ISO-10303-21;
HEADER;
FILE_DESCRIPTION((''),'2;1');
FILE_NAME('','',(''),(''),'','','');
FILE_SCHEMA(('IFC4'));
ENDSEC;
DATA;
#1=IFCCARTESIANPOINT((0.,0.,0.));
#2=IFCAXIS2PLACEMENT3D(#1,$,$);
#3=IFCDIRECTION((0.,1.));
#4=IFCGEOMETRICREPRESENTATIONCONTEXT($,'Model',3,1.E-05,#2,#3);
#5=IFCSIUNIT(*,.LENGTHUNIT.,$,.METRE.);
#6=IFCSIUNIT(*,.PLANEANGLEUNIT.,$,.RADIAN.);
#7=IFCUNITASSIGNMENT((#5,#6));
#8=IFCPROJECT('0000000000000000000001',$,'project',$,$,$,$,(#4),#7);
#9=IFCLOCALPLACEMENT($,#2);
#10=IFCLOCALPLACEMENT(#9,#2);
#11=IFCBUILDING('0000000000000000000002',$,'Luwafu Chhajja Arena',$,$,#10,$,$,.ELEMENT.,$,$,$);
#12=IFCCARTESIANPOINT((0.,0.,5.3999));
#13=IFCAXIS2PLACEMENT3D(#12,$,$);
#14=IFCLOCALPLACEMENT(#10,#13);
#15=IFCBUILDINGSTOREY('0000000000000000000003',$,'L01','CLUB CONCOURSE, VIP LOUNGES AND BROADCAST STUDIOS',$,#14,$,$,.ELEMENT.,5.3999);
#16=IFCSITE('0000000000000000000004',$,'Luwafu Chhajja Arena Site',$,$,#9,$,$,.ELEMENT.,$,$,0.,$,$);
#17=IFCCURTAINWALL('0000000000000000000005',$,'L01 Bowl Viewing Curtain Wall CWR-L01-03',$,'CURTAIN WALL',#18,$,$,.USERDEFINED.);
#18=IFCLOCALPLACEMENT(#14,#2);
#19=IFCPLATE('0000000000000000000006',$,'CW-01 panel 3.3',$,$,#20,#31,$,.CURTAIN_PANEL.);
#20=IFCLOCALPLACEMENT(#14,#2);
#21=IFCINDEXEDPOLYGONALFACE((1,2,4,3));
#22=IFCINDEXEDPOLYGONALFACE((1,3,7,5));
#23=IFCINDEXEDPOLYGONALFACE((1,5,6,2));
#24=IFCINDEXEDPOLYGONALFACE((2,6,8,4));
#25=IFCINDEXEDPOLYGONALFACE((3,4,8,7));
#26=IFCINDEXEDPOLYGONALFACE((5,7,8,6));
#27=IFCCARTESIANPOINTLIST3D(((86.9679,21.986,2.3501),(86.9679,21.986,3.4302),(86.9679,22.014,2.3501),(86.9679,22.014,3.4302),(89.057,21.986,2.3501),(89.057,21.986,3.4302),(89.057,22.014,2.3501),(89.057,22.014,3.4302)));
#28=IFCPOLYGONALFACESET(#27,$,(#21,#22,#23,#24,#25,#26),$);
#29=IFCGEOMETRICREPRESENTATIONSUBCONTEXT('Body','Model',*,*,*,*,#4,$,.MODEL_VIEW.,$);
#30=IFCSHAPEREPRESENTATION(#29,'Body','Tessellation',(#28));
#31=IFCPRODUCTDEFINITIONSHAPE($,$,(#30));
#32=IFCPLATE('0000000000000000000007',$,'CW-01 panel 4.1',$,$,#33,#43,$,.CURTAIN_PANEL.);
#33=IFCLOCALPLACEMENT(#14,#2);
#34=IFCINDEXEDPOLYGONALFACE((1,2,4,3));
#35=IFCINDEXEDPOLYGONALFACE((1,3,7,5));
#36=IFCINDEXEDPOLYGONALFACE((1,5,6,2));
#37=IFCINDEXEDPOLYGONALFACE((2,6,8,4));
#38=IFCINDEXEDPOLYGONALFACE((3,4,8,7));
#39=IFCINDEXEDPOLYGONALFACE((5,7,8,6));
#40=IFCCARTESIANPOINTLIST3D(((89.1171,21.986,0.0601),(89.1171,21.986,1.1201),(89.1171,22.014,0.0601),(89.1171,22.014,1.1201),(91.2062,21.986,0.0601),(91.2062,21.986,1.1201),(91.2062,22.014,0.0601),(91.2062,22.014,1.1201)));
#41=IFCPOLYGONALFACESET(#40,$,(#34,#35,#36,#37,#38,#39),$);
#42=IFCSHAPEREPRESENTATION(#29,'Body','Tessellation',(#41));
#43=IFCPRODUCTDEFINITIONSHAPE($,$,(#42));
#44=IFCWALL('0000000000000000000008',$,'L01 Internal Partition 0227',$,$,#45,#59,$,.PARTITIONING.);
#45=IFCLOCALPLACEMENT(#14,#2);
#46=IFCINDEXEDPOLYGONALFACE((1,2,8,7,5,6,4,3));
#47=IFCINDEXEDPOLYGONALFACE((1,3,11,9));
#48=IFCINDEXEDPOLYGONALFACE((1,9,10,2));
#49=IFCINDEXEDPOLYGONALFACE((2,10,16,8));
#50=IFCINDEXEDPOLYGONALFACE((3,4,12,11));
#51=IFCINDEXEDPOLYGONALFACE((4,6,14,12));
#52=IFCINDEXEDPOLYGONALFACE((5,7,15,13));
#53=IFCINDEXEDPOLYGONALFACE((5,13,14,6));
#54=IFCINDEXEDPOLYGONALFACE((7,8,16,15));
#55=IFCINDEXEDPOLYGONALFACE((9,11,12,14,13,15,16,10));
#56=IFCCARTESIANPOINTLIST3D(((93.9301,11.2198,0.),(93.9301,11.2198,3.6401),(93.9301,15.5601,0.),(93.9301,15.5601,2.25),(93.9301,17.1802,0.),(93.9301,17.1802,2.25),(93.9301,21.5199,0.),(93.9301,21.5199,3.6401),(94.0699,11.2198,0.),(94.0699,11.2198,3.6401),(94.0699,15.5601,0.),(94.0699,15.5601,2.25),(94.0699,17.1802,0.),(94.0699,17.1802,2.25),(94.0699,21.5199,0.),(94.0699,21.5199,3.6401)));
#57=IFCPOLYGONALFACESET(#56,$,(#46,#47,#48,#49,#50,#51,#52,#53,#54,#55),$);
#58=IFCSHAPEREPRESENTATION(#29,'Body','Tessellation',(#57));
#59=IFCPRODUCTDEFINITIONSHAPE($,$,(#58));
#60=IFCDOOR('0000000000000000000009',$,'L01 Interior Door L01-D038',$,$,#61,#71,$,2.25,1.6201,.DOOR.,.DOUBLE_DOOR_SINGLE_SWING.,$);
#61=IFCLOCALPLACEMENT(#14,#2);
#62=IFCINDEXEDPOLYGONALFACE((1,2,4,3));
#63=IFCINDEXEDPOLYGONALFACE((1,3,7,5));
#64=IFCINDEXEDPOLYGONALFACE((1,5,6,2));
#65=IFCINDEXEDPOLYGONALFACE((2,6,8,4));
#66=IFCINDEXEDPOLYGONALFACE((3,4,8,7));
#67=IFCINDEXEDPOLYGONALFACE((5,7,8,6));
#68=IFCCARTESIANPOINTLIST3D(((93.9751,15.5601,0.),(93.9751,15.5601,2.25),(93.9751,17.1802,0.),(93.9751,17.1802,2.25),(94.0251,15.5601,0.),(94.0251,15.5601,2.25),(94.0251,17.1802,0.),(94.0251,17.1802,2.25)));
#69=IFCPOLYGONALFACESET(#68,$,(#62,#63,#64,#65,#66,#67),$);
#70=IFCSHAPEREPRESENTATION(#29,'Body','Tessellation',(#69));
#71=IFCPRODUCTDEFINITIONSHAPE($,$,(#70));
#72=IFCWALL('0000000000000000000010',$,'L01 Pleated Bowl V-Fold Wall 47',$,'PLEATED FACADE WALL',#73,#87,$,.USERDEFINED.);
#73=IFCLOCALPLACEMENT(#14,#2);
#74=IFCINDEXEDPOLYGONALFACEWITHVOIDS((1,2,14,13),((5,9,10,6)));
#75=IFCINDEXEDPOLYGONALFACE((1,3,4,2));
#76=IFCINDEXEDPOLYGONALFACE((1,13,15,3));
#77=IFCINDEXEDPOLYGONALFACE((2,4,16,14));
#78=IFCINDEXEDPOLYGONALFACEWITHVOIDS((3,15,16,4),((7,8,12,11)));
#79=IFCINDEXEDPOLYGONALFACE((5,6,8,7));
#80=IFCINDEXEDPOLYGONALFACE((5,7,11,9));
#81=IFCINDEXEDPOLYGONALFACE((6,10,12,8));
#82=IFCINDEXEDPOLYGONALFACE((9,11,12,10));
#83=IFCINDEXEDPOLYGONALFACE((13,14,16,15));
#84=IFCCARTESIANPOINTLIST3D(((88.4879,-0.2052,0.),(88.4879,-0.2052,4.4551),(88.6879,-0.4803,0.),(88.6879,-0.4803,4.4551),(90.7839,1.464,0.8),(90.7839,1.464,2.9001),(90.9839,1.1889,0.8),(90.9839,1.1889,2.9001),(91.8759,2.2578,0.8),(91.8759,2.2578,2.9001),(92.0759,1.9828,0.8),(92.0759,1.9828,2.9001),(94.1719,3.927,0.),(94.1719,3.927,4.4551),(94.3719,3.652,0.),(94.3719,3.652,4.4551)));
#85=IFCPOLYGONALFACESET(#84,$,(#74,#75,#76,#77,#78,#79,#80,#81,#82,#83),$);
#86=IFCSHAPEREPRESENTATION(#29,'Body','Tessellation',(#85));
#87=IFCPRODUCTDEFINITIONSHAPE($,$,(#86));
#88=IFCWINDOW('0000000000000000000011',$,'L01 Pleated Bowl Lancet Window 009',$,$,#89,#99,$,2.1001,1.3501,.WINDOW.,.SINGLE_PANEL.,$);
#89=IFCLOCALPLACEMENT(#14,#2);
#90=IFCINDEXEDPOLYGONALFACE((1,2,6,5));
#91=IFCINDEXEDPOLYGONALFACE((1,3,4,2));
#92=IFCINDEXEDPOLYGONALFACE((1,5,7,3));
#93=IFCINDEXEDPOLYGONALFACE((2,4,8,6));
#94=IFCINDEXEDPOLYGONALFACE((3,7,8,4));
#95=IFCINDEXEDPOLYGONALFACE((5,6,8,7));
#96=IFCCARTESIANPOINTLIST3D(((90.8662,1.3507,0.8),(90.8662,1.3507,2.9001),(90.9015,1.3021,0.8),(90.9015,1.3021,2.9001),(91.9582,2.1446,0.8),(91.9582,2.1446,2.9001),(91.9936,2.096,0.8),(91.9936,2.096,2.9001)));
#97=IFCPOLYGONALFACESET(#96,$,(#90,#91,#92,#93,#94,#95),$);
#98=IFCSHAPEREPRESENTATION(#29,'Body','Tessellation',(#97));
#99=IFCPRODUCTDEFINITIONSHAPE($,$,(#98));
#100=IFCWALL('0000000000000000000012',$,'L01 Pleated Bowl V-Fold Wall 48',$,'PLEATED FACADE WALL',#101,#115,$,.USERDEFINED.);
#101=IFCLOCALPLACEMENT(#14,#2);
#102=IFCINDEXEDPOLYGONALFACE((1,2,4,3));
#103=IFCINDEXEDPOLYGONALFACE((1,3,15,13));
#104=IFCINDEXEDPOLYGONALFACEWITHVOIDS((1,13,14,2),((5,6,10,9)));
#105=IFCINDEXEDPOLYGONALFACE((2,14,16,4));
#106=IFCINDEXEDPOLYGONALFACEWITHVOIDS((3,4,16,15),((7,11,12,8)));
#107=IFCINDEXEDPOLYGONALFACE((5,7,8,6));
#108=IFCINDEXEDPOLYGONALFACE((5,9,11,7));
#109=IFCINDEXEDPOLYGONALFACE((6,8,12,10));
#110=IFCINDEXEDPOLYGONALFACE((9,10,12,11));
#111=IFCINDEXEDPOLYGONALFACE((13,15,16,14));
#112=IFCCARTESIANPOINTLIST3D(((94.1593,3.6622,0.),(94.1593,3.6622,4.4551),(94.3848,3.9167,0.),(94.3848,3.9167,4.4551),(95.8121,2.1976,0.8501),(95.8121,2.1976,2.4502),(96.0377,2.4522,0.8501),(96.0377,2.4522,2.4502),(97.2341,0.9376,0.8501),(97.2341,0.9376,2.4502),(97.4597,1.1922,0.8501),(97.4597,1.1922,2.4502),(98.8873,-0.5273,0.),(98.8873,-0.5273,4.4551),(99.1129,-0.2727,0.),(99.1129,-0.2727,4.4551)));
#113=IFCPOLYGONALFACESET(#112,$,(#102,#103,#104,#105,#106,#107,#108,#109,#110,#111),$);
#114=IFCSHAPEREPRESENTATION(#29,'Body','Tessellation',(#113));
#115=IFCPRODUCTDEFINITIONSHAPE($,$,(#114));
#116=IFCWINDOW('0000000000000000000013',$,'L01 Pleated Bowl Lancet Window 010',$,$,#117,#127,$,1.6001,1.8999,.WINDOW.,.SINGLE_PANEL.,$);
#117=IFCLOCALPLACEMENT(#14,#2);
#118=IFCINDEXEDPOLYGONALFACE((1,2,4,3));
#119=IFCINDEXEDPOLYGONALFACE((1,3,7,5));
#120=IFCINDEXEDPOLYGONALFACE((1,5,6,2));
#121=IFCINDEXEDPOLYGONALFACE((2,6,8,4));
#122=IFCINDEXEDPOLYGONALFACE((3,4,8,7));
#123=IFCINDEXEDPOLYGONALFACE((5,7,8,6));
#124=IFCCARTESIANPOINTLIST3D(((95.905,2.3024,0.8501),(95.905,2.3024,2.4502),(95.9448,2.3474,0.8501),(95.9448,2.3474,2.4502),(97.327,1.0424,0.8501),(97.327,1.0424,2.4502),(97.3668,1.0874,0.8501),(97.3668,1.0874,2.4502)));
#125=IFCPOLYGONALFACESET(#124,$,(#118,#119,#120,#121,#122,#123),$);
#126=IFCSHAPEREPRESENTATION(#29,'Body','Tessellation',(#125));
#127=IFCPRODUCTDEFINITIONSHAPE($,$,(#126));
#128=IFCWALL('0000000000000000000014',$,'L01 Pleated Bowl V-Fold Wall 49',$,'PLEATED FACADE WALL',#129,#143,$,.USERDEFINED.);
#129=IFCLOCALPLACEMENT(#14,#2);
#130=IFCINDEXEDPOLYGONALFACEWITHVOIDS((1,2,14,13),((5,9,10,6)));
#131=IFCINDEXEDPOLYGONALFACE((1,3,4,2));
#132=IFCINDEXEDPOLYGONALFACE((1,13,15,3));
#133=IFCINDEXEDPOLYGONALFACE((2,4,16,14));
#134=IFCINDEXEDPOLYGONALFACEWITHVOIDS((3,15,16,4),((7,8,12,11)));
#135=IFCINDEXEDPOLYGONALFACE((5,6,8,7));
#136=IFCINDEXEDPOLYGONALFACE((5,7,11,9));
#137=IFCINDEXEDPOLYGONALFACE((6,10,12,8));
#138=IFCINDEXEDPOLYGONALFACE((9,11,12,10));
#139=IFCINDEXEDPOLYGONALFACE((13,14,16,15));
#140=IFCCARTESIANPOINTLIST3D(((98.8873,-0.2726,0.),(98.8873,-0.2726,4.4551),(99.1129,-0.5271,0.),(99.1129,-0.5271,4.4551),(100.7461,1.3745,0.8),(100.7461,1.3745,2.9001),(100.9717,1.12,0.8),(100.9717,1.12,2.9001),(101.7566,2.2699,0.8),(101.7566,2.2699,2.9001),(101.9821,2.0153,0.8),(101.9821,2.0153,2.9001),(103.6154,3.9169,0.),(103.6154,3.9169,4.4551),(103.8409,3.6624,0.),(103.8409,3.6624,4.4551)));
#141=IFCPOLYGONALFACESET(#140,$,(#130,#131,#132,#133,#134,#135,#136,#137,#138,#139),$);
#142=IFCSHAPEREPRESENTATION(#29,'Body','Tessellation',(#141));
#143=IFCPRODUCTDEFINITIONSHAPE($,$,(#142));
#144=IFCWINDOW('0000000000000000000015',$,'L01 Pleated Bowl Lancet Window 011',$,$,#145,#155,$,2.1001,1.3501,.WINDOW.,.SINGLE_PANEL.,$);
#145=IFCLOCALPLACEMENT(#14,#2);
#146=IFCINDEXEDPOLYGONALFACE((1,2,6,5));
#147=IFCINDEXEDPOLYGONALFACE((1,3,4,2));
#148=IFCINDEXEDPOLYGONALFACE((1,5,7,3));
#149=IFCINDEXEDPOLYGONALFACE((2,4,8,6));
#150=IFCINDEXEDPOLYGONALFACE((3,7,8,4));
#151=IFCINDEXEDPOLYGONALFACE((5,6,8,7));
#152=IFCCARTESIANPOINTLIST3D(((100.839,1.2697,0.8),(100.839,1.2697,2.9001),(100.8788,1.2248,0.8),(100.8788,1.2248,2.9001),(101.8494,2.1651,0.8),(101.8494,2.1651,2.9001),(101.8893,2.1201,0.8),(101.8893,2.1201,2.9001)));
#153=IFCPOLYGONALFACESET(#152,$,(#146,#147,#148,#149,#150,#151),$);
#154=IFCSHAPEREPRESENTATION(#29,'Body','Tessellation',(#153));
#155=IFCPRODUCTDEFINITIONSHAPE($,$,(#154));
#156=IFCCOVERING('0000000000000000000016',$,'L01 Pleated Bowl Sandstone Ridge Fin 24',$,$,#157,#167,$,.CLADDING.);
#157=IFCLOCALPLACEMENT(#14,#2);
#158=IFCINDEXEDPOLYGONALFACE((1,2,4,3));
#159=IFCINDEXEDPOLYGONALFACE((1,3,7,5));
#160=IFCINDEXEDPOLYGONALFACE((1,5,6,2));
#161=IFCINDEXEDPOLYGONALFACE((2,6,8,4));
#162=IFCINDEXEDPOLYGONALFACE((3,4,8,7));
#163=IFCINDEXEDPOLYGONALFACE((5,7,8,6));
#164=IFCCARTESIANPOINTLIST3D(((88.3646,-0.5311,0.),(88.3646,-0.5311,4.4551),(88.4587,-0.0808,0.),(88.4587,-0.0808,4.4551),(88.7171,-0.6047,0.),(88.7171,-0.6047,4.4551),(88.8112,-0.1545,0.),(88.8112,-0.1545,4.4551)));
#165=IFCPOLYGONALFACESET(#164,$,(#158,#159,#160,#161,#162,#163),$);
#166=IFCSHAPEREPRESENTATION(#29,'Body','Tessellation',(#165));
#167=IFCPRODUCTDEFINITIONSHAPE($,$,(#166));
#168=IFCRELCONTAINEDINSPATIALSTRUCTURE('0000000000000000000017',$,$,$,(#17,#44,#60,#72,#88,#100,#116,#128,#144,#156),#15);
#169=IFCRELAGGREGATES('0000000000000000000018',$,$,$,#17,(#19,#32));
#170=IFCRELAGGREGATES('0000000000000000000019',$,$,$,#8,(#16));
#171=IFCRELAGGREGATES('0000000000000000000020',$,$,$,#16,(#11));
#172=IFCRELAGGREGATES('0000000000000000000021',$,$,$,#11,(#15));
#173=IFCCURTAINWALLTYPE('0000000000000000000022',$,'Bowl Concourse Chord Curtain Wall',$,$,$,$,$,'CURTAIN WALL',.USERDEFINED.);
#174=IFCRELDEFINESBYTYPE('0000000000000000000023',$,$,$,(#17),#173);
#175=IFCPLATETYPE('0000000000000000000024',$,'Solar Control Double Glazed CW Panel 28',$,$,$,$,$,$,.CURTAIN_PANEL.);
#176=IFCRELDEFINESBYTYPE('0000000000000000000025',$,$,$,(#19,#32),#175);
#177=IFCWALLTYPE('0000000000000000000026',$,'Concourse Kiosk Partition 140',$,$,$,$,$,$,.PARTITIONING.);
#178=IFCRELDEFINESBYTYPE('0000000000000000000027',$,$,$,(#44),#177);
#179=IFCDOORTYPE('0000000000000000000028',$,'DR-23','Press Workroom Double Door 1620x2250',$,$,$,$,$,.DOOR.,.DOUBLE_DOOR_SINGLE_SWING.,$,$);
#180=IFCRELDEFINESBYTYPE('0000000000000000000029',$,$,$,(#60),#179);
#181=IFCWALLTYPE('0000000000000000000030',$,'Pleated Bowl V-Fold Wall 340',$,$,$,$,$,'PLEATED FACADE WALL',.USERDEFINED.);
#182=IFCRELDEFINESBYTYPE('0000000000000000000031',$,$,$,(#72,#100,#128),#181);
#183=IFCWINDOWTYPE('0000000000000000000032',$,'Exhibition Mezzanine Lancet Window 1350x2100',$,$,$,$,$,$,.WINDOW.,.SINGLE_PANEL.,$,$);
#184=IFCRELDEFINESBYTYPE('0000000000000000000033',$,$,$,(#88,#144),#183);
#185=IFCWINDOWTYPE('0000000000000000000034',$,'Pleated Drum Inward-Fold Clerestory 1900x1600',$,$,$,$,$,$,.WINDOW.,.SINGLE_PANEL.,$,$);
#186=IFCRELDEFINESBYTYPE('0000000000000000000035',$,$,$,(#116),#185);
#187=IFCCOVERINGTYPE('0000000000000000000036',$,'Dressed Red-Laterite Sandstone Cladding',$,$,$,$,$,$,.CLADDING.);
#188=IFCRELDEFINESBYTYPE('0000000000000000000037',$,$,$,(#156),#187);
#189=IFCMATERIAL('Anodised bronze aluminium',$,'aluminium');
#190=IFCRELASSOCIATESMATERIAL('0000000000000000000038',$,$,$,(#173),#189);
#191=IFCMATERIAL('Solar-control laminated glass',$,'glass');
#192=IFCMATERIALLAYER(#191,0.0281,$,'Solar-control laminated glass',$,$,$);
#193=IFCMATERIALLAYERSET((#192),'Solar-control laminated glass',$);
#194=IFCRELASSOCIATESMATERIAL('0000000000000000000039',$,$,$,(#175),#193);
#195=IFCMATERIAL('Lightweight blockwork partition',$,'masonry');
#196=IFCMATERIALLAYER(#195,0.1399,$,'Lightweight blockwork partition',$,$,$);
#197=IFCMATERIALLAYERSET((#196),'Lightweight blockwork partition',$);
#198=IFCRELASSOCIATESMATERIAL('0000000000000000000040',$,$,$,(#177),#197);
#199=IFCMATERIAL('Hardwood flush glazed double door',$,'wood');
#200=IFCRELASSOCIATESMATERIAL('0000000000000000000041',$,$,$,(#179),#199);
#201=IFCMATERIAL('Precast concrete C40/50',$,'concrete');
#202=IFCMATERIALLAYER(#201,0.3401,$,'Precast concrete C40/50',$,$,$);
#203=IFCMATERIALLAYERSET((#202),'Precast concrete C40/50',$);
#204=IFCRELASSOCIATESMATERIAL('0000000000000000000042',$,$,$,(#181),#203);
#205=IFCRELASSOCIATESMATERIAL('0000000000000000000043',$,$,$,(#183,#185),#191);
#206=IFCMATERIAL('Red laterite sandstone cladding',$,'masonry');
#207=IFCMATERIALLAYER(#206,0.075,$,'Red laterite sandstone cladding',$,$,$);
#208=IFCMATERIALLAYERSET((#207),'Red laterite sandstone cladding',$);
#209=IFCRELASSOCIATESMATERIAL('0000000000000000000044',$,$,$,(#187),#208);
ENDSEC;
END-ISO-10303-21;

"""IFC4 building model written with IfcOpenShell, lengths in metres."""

from ifc_helpers import new_model, si_unit, direction, frame, frame_2d, origin, origin_2d, place, context, subcontext, project, spatial, rectangle, extrude, material, layer, layer_set, type_object, element, fill, aggregate, save


model = new_model("IFC4")

# Units and contexts
model_context = context("Model", 3, precision=1e-05, world=origin(), true_north=direction((0.0, 1.0)))
body_context = subcontext(model_context, "Body", "Model", "MODEL_VIEW")
ifc_project = project(units=[si_unit("LENGTHUNIT", "METRE"), si_unit("PLANEANGLEUNIT", "RADIAN")], contexts=[model_context])

# Site, building, storey
site_placement = place(None, origin())
site = spatial("IfcSite", under=ifc_project, at=site_placement, Name="Luwafu Chhajja Arena Site", CompositionType="ELEMENT", RefElevation=0.0)
building_placement = place(site_placement, origin())
building = spatial("IfcBuilding", under=site, at=building_placement, Name="Luwafu Chhajja Arena", CompositionType="ELEMENT")
storey_placement = place(building_placement, frame((0.0, 0.0, 5.3999)))
storey = spatial("IfcBuildingStorey", under=building, at=storey_placement, Name="L01", Description="CLUB CONCOURSE, VIP LOUNGES AND BROADCAST STUDIOS", CompositionType="ELEMENT", Elevation=5.3999)

# Curtain wall
ifc_material_1 = material(Name="Anodised bronze aluminium", Category="aluminium")
curtain_wall_type = type_object("IfcCurtainWallType", Name="Bowl Concourse Chord Curtain Wall", ElementType="CURTAIN WALL", PredefinedType="USERDEFINED", material=ifc_material_1)
curtain_wall_placement = place(storey_placement, origin())
curtain_wall = element("IfcCurtainWall", 1, at=curtain_wall_placement, inside=storey, type_object=curtain_wall_type, Name="L01 Bowl Viewing Curtain Wall CWR-L01-03", ObjectType="CURTAIN WALL", PredefinedType="USERDEFINED")

# Plates
ifc_material_2 = material(Name="Solar-control laminated glass", Category="glass")
ifc_layer_1 = layer(ifc_material_2, 0.0281, Name="Solar-control laminated glass")
ifc_layer_set_1 = layer_set([ifc_layer_1], Name="Solar-control laminated glass")
plate_type_1 = type_object("IfcPlateType", Name="Solar Control Double Glazed CW Panel 28", PredefinedType="CURTAIN_PANEL", material=ifc_layer_set_1)
plate_1_placement = place(storey_placement, frame((88.0125, 22.0, 2.3501), z_axis=(0.0, 0.0, 1.0), x_axis=(1.0, 0.0, 0.0)))
plate_1 = element("IfcPlate", 2, at=plate_1_placement, type_object=plate_type_1, Name="CW-01 panel 3.3", PredefinedType="CURTAIN_PANEL", context=body_context, shape_type="SweptSolid", body=[
    extrude(rectangle(XDim=2.0891, YDim=0.0281, at=origin_2d()), origin(), (0.0, 0.0, 1.0), 1.0801),
])
plate_2_placement = place(storey_placement, frame((90.1616, 22.0, 0.0601), z_axis=(0.0, 0.0, 1.0), x_axis=(1.0, 0.0, 0.0)))
plate_2 = element("IfcPlate", 3, at=plate_2_placement, type_object=plate_type_1, Name="CW-01 panel 4.1", PredefinedType="CURTAIN_PANEL", context=body_context, shape_type="SweptSolid", body=[
    extrude(rectangle(XDim=2.0891, YDim=0.0281, at=origin_2d()), origin(), (0.0, 0.0, 1.0), 1.0601),
])
aggregate(curtain_wall, [plate_1, plate_2])

# Wall, opening, door
ifc_material_3 = material(Name="Lightweight blockwork partition", Category="masonry")
ifc_layer_2 = layer(ifc_material_3, 0.1399, Name="Lightweight blockwork partition")
ifc_layer_set_2 = layer_set([ifc_layer_2], Name="Lightweight blockwork partition")
wall_type_1 = type_object("IfcWallType", Name="Concourse Kiosk Partition 140", PredefinedType="PARTITIONING", material=ifc_layer_set_2)
wall_1_placement = place(storey_placement, frame((94.0, 11.22, 0.0), z_axis=(0.0, 0.0, 1.0), x_axis=(0.0, 1.0, 0.0)))
wall_1 = element("IfcWall", 4, at=wall_1_placement, inside=storey, type_object=wall_type_1, Name="L01 Internal Partition 0227", PredefinedType="PARTITIONING", context=body_context, shape_type="SweptSolid", body=[
    extrude(rectangle(XDim=10.3, YDim=0.1399, at=frame_2d((5.1499, 0.0))), origin(), (0.0, 0.0, 1.0), 3.6401),
])
opening_1_placement = place(wall_1_placement, frame((4.3401, 0.0, 0.0)))
opening_1 = element("IfcOpeningElement", 5, at=opening_1_placement, cuts=wall_1, PredefinedType="OPENING", context=body_context, shape_type="SweptSolid", body=[
    extrude(rectangle(XDim=1.6201, YDim=2.25, at=frame_2d((0.8101, 1.125))), frame((0.0, 0.0798, 0.0), z_axis=(0.0, -1.0, 0.0), x_axis=(1.0, 0.0, 0.0)), (0.0, 0.0, 1.0), 0.1599),
])
ifc_material_4 = material(Name="Hardwood flush glazed double door", Category="wood")
door_type = type_object("IfcDoorType", Name="DR-23", Description="Press Workroom Double Door 1620x2250", OperationType="DOUBLE_DOOR_SINGLE_SWING", PredefinedType="DOOR", material=ifc_material_4)
door_placement = place(opening_1_placement, origin())
door = element("IfcDoor", 6, at=door_placement, inside=storey, type_object=door_type, Name="L01 Interior Door L01-D038", OperationType="DOUBLE_DOOR_SINGLE_SWING", OverallHeight=2.25, OverallWidth=1.6201, PredefinedType="DOOR", context=body_context, shape_type="SweptSolid", body=[
    extrude(rectangle(XDim=1.6201, YDim=2.25, at=frame_2d((0.8101, 1.125))), frame((0.0, 0.0249, 0.0), z_axis=(0.0, -1.0, 0.0), x_axis=(1.0, 0.0, 0.0)), (0.0, 0.0, 1.0), 0.05),
])
fill(opening_1, door)

# Walls, openings, windows
ifc_material_5 = material(Name="Precast concrete C40/50", Category="concrete")
ifc_layer_3 = layer(ifc_material_5, 0.3401, Name="Precast concrete C40/50")
ifc_layer_set_3 = layer_set([ifc_layer_3], Name="Precast concrete C40/50")
wall_type_2 = type_object("IfcWallType", Name="Pleated Bowl V-Fold Wall 340", ElementType="PLEATED FACADE WALL", PredefinedType="USERDEFINED", material=ifc_layer_set_3)
wall_2_placement = place(storey_placement, frame((88.5879, -0.3428, 0.0), z_axis=(0.0, 0.0, 1.0), x_axis=(0.808841, 0.588027, 0.0)))
wall_2 = element("IfcWall", 7, at=wall_2_placement, inside=storey, type_object=wall_type_2, Name="L01 Pleated Bowl V-Fold Wall 47", ObjectType="PLEATED FACADE WALL", PredefinedType="USERDEFINED", context=body_context, shape_type="SweptSolid", body=[
    extrude(rectangle(XDim=7.0273, YDim=0.3401, at=frame_2d((3.5137, 0.0))), origin(), (0.0, 0.0, 1.0), 4.4551),
])
opening_2_placement = place(wall_2_placement, frame((2.8386, 0.0, 0.8)))
opening_2 = element("IfcOpeningElement", 8, at=opening_2_placement, cuts=wall_2, PredefinedType="OPENING", context=body_context, shape_type="SweptSolid", body=[
    extrude(rectangle(XDim=1.3501, YDim=2.1001, at=frame_2d((0.675, 1.05))), frame((0.0, 0.1799, 0.0), z_axis=(0.0, -1.0, 0.0), x_axis=(1.0, 0.0, 0.0)), (0.0, 0.0, 1.0), 0.3601),
])
window_type_1 = type_object("IfcWindowType", Name="Exhibition Mezzanine Lancet Window 1350x2100", PartitioningType="SINGLE_PANEL", PredefinedType="WINDOW", material=ifc_material_2)
window_1_placement = place(opening_2_placement, origin())
window_1 = element("IfcWindow", 9, at=window_1_placement, inside=storey, type_object=window_type_1, Name="L01 Pleated Bowl Lancet Window 009", OverallHeight=2.1001, OverallWidth=1.3501, PartitioningType="SINGLE_PANEL", PredefinedType="WINDOW", context=body_context, shape_type="SweptSolid", body=[
    extrude(rectangle(XDim=1.3501, YDim=2.1001, at=frame_2d((0.675, 1.05))), frame((0.0, 0.03, 0.0), z_axis=(0.0, -1.0, 0.0), x_axis=(1.0, 0.0, 0.0)), (0.0, 0.0, 1.0), 0.0601),
])
fill(opening_2, window_1)
wall_3_placement = place(storey_placement, frame((94.272, 3.7896, 0.0), z_axis=(0.0, 0.0, 1.0), x_axis=(0.748449, -0.663192, 0.0)))
wall_3 = element("IfcWall", 10, at=wall_3_placement, inside=storey, type_object=wall_type_2, Name="L01 Pleated Bowl V-Fold Wall 48", ObjectType="PLEATED FACADE WALL", PredefinedType="USERDEFINED", context=body_context, shape_type="SweptSolid", body=[
    extrude(rectangle(XDim=6.3171, YDim=0.3401, at=frame_2d((3.1587, 0.0))), origin(), (0.0, 0.0, 1.0), 4.4551),
])
opening_3_placement = place(wall_3_placement, frame((2.2085, 0.0, 0.8501)))
opening_3 = element("IfcOpeningElement", 11, at=opening_3_placement, cuts=wall_3, PredefinedType="OPENING", context=body_context, shape_type="SweptSolid", body=[
    extrude(rectangle(XDim=1.8999, YDim=1.6001, at=frame_2d((0.95, 0.8))), frame((0.0, 0.1799, 0.0), z_axis=(0.0, -1.0, 0.0), x_axis=(1.0, 0.0, 0.0)), (0.0, 0.0, 1.0), 0.3601),
])
window_type_2 = type_object("IfcWindowType", Name="Pleated Drum Inward-Fold Clerestory 1900x1600", PartitioningType="SINGLE_PANEL", PredefinedType="WINDOW", material=ifc_material_2)
window_2_placement = place(opening_3_placement, origin())
window_2 = element("IfcWindow", 12, at=window_2_placement, inside=storey, type_object=window_type_2, Name="L01 Pleated Bowl Lancet Window 010", OverallHeight=1.6001, OverallWidth=1.8999, PartitioningType="SINGLE_PANEL", PredefinedType="WINDOW", context=body_context, shape_type="SweptSolid", body=[
    extrude(rectangle(XDim=1.8999, YDim=1.6001, at=frame_2d((0.95, 0.8))), frame((0.0, 0.03, 0.0), z_axis=(0.0, -1.0, 0.0), x_axis=(1.0, 0.0, 0.0)), (0.0, 0.0, 1.0), 0.0601),
])
fill(opening_3, window_2)
wall_4_placement = place(storey_placement, frame((99.0, -0.3999, 0.0), z_axis=(0.0, 0.0, 1.0), x_axis=(0.748449, 0.663192, 0.0)))
wall_4 = element("IfcWall", 13, at=wall_4_placement, inside=storey, type_object=wall_type_2, Name="L01 Pleated Bowl V-Fold Wall 49", ObjectType="PLEATED FACADE WALL", PredefinedType="USERDEFINED", context=body_context, shape_type="SweptSolid", body=[
    extrude(rectangle(XDim=6.3171, YDim=0.3401, at=frame_2d((3.1587, 0.0))), origin(), (0.0, 0.0, 1.0), 4.4551),
])
opening_4_placement = place(wall_4_placement, frame((2.4836, 0.0, 0.8)))
opening_4 = element("IfcOpeningElement", 14, at=opening_4_placement, cuts=wall_4, PredefinedType="OPENING", context=body_context, shape_type="SweptSolid", body=[
    extrude(rectangle(XDim=1.3501, YDim=2.1001, at=frame_2d((0.675, 1.05))), frame((0.0, 0.1799, 0.0), z_axis=(0.0, -1.0, 0.0), x_axis=(1.0, 0.0, 0.0)), (0.0, 0.0, 1.0), 0.3601),
])
window_3_placement = place(opening_4_placement, origin())
window_3 = element("IfcWindow", 15, at=window_3_placement, inside=storey, type_object=window_type_1, Name="L01 Pleated Bowl Lancet Window 011", OverallHeight=2.1001, OverallWidth=1.3501, PartitioningType="SINGLE_PANEL", PredefinedType="WINDOW", context=body_context, shape_type="SweptSolid", body=[
    extrude(rectangle(XDim=1.3501, YDim=2.1001, at=frame_2d((0.675, 1.05))), frame((0.0, 0.03, 0.0), z_axis=(0.0, -1.0, 0.0), x_axis=(1.0, 0.0, 0.0)), (0.0, 0.0, 1.0), 0.0601),
])
fill(opening_4, window_3)

# Covering
ifc_material_6 = material(Name="Red laterite sandstone cladding", Category="masonry")
ifc_layer_4 = layer(ifc_material_6, 0.075, Name="Red laterite sandstone cladding")
ifc_layer_set_4 = layer_set([ifc_layer_4], Name="Red laterite sandstone cladding")
covering_type = type_object("IfcCoveringType", Name="Dressed Red-Laterite Sandstone Cladding", PredefinedType="CLADDING", material=ifc_layer_set_4)
covering_placement = place(storey_placement, frame((88.5879, -0.3428, 0.0), z_axis=(0.0, 0.0, 1.0), x_axis=(-0.204485, -0.97887, 0.0)))
element("IfcCovering", 16, at=covering_placement, inside=storey, type_object=covering_type, Name="L01 Pleated Bowl Sandstone Ridge Fin 24", PredefinedType="CLADDING", context=body_context, shape_type="SweptSolid", body=[
    extrude(rectangle(XDim=0.46, YDim=0.3601, at=origin_2d()), origin(), (0.0, 0.0, 1.0), 4.4551),
])

save(model, "model.ifc")
